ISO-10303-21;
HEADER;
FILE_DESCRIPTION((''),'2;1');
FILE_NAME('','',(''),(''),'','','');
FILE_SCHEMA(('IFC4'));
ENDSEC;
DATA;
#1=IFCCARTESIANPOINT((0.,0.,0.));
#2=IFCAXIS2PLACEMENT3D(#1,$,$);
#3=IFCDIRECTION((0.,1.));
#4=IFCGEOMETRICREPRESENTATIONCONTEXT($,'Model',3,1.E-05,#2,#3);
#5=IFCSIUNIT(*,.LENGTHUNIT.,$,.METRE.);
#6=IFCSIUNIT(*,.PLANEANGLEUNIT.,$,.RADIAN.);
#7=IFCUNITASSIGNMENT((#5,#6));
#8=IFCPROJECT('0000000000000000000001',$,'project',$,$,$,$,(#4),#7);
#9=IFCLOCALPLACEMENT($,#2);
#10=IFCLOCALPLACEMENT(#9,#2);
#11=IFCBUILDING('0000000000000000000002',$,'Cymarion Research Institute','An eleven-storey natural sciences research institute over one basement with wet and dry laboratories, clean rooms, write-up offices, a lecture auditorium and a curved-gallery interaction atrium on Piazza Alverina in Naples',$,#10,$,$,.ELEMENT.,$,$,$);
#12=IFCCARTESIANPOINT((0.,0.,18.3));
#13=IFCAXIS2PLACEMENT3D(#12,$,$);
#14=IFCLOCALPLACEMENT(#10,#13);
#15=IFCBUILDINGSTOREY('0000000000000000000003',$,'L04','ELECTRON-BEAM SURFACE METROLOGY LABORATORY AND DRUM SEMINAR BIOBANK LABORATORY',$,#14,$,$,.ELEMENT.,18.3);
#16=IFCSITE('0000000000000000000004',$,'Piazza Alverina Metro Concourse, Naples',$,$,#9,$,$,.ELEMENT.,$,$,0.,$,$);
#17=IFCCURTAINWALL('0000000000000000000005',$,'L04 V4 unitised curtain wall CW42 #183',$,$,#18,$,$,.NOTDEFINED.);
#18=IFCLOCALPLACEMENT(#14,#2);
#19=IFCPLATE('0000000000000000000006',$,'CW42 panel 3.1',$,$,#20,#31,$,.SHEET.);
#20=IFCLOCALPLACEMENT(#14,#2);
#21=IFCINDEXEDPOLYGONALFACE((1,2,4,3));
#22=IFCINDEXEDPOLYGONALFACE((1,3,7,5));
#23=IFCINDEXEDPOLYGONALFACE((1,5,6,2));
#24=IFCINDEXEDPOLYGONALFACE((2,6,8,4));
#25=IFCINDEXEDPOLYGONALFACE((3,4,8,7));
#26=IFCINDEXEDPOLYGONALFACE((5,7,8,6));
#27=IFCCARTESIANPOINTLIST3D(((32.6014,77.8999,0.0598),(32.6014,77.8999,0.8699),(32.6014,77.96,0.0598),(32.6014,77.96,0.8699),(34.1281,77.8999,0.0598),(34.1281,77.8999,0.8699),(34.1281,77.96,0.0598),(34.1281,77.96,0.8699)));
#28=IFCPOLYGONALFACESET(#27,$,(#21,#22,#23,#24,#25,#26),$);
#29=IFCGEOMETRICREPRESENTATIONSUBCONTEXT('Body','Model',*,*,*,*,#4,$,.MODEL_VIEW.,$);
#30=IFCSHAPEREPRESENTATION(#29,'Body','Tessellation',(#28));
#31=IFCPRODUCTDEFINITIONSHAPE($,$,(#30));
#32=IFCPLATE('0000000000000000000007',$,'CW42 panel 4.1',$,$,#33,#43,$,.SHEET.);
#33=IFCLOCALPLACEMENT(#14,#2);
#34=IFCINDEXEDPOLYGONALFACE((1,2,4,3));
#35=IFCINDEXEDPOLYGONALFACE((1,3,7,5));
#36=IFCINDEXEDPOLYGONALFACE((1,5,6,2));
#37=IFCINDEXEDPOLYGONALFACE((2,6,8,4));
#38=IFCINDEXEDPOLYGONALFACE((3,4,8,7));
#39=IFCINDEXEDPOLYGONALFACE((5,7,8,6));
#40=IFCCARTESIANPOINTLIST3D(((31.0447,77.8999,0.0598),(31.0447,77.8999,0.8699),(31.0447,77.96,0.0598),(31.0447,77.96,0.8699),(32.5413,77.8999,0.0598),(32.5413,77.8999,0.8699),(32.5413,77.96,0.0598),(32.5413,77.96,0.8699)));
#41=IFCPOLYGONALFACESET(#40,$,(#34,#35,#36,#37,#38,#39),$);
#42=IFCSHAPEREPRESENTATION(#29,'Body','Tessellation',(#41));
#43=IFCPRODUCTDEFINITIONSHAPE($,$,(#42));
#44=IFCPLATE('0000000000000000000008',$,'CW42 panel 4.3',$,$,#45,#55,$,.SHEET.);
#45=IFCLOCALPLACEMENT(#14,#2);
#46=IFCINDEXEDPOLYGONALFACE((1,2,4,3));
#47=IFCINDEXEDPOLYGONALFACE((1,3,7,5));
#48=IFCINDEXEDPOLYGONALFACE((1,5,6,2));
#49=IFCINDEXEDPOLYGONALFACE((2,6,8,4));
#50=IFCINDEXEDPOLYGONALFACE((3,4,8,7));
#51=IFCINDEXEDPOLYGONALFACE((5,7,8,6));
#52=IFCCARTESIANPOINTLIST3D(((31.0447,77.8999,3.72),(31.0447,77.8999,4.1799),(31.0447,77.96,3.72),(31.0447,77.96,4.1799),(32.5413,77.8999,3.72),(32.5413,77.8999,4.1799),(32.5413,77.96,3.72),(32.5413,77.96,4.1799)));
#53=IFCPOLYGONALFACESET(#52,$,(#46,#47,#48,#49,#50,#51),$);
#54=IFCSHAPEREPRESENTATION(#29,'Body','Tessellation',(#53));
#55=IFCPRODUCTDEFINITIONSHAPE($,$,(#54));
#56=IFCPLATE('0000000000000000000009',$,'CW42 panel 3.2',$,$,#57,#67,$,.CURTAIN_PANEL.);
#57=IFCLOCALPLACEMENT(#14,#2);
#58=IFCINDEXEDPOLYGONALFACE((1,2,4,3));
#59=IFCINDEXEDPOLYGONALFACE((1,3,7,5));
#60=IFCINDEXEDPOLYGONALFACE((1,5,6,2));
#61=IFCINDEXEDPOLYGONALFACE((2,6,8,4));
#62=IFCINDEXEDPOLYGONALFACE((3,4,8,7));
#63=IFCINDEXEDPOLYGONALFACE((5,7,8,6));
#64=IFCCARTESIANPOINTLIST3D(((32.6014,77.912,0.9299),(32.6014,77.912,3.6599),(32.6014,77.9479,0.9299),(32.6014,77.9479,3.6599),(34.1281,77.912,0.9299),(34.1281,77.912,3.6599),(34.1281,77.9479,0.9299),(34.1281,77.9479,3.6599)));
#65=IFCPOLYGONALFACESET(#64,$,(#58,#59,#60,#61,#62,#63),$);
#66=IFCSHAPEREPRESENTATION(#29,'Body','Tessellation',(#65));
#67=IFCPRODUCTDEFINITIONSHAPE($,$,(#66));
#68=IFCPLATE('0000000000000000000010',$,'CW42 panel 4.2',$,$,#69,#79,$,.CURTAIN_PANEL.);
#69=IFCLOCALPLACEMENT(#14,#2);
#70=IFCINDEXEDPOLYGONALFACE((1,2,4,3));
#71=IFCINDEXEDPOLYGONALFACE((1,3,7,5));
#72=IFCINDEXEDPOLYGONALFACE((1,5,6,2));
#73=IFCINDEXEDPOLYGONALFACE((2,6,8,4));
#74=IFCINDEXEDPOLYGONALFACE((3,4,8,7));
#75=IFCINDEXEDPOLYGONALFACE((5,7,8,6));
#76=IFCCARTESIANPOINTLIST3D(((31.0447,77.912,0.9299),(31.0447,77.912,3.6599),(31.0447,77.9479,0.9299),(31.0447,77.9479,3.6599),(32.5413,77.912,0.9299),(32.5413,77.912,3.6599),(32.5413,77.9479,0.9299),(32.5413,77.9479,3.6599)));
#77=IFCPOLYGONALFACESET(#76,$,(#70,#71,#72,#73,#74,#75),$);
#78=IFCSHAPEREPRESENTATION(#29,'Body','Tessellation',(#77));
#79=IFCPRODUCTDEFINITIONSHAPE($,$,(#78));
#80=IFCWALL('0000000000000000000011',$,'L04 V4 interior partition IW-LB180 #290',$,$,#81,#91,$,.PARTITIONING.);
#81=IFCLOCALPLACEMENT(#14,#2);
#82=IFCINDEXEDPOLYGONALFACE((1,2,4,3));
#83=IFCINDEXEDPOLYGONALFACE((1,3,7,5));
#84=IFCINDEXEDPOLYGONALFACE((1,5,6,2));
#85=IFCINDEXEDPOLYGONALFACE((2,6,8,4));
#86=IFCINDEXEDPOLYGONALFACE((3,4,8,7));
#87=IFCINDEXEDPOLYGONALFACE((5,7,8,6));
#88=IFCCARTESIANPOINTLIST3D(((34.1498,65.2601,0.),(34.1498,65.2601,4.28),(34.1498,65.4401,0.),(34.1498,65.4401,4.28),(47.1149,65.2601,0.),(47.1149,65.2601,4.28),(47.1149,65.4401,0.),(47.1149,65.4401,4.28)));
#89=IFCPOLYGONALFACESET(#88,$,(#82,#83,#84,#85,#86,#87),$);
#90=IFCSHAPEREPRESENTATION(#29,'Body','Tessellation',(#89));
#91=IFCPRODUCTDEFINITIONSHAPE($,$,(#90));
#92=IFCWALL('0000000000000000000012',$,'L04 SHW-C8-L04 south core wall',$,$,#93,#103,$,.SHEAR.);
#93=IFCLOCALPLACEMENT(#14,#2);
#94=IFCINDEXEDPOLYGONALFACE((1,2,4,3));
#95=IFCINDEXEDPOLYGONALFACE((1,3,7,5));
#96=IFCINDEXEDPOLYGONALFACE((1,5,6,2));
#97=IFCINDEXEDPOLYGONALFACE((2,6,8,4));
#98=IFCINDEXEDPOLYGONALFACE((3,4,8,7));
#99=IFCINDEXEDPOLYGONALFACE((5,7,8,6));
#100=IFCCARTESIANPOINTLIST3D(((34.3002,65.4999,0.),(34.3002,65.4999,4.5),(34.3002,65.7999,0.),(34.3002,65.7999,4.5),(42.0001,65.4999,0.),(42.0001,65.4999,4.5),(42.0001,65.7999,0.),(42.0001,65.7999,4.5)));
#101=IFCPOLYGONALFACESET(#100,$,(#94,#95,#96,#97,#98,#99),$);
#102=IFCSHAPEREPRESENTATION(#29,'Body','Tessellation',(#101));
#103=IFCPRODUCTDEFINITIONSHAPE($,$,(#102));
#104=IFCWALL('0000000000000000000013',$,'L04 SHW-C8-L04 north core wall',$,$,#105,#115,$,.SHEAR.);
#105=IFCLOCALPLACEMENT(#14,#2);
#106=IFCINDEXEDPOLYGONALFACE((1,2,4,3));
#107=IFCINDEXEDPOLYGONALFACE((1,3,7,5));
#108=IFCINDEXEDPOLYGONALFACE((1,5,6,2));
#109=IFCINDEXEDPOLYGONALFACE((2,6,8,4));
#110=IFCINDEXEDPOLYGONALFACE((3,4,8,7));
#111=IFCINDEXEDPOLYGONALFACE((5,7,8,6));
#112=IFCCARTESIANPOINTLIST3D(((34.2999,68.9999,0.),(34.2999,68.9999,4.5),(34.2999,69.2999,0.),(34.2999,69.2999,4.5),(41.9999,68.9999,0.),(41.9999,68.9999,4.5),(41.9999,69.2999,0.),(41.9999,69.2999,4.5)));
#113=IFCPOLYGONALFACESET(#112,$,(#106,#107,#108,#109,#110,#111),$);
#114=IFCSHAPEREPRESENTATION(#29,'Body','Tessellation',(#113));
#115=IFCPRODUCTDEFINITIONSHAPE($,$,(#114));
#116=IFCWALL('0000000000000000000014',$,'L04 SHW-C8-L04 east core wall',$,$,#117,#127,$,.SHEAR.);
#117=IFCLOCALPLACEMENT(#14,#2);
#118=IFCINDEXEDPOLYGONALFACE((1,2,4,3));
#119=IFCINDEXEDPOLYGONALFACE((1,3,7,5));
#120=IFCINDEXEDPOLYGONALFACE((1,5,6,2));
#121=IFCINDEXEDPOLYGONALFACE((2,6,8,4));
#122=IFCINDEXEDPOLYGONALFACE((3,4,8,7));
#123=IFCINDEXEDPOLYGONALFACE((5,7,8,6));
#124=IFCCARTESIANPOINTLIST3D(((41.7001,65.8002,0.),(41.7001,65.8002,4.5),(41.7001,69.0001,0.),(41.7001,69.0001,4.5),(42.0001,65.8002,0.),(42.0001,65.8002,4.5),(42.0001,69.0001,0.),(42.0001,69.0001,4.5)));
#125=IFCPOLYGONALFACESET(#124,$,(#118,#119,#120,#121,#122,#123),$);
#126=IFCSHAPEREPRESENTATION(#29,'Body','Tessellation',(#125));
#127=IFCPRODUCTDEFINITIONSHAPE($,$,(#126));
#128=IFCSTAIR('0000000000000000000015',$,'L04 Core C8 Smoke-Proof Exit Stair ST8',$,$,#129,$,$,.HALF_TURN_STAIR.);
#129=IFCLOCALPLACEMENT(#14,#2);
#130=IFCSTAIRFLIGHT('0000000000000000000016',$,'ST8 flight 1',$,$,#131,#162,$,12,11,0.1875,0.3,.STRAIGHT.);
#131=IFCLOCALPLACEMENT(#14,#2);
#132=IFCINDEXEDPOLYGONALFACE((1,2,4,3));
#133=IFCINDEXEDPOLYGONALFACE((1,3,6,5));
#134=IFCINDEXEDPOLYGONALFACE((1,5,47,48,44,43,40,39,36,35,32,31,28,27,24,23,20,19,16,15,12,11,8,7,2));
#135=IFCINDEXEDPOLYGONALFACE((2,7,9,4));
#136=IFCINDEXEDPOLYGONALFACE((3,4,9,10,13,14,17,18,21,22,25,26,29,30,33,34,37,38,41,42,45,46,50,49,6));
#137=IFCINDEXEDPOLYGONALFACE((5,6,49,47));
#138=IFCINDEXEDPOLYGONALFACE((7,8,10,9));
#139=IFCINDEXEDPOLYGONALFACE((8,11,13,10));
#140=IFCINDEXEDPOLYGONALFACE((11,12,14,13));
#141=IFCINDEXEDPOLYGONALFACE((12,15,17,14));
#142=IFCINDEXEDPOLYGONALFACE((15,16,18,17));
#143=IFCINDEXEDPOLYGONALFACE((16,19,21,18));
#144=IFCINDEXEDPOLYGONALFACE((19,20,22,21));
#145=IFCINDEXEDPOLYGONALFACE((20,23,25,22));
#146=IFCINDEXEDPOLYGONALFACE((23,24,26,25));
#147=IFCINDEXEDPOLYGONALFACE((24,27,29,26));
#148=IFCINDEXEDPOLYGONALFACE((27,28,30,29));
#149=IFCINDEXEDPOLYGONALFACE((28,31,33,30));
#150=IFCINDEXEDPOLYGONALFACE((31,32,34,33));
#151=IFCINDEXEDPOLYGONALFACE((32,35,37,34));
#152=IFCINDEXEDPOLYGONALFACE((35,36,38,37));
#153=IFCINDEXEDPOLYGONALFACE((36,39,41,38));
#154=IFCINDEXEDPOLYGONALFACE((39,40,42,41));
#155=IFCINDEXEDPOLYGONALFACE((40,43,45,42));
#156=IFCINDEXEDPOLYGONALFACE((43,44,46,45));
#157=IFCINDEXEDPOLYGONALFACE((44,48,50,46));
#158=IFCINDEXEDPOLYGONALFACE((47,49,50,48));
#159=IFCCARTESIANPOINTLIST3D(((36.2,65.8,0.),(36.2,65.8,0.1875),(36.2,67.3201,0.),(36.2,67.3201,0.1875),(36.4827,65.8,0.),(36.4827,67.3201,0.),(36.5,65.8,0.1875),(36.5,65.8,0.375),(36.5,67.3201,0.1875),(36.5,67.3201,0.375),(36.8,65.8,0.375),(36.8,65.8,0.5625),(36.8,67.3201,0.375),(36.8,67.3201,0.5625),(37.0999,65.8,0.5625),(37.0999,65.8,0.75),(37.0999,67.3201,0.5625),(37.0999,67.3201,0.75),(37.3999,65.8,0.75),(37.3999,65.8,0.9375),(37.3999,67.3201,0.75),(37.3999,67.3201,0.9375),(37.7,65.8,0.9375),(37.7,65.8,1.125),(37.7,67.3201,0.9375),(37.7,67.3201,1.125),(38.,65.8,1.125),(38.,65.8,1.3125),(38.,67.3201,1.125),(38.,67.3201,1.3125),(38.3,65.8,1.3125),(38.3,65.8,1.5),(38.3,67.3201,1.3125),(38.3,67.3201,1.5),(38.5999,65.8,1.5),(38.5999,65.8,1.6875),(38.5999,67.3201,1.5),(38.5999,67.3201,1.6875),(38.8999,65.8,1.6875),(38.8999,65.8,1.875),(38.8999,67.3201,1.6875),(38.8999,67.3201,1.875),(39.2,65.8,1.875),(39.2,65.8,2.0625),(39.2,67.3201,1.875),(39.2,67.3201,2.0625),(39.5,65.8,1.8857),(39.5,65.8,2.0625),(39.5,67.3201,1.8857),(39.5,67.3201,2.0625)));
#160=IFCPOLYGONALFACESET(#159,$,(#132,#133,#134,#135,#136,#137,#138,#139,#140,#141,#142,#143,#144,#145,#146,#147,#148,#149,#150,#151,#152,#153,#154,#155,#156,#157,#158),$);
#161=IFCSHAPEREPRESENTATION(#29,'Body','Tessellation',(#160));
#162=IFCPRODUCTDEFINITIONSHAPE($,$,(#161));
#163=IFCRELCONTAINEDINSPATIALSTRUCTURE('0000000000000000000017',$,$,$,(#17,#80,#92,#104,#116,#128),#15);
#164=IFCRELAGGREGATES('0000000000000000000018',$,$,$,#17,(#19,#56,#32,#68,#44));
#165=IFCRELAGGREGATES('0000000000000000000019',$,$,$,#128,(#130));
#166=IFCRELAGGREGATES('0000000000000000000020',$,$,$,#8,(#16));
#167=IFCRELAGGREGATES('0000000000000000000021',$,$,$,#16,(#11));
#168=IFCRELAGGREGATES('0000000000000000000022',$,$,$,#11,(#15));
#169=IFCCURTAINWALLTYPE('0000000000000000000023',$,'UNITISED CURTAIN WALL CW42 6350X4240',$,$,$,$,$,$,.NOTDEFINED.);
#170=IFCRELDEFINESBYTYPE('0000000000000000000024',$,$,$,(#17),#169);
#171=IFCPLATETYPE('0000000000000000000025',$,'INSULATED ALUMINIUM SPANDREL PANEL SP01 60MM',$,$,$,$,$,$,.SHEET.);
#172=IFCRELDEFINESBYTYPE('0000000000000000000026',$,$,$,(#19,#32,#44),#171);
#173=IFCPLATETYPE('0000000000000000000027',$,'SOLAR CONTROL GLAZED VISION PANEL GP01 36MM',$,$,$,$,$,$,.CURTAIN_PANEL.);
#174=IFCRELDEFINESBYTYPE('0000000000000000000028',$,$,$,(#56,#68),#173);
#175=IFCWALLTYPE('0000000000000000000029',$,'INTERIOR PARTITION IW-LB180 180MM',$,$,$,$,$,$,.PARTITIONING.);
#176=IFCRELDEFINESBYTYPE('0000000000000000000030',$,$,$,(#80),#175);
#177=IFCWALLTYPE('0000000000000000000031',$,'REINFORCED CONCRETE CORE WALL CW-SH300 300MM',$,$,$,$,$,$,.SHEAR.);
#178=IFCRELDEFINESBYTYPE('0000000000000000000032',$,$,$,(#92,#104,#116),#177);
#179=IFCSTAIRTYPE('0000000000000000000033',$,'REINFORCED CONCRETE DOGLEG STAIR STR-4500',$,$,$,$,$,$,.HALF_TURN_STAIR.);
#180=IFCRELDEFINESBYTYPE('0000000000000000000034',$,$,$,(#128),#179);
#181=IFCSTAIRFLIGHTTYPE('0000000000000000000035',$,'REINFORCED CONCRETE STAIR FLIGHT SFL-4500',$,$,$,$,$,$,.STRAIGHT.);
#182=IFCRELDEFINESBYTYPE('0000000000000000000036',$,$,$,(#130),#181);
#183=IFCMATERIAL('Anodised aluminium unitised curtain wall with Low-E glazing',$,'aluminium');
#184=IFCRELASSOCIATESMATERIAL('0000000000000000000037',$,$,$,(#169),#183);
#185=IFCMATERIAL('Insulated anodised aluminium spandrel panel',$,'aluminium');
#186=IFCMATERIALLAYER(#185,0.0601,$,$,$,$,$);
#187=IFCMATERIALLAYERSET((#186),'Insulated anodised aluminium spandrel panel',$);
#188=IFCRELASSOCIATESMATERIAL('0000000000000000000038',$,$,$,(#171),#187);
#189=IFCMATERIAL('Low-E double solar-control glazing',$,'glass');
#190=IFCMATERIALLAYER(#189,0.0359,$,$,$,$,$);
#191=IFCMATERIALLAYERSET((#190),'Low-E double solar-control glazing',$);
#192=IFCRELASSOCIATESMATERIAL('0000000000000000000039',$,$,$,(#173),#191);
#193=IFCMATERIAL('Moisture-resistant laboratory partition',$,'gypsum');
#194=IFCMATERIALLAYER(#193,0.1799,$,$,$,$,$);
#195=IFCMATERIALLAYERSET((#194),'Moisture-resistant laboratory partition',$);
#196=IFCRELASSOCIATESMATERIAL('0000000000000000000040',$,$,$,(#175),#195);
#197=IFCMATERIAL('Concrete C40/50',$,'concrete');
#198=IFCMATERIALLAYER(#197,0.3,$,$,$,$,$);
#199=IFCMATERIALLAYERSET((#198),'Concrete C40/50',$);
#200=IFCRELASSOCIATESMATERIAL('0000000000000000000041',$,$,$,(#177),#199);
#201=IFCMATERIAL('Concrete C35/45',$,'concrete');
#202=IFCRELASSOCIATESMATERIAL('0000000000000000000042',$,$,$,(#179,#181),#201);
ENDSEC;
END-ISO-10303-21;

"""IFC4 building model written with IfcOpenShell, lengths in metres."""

from ifc_helpers import new_model, si_unit, direction, frame, frame_2d, origin, origin_2d, place, context, subcontext, project, spatial, polyline, rectangle, outline, extrude, material, layer, layer_set, type_object, element, aggregate, save


model = new_model("IFC4")

# Units and contexts
model_context = context("Model", 3, precision=1e-05, world=origin(), true_north=direction((0.0, 1.0)))
body_context = subcontext(model_context, "Body", "Model", "MODEL_VIEW")
ifc_project = project(units=[si_unit("LENGTHUNIT", "METRE"), si_unit("PLANEANGLEUNIT", "RADIAN")], contexts=[model_context])

# Site, building, storey
site_placement = place(None, origin())
site = spatial("IfcSite", under=ifc_project, at=site_placement, Name="Piazza Alverina Metro Concourse, Naples", CompositionType="ELEMENT", RefElevation=0.0)
building_placement = place(site_placement, origin())
building = spatial("IfcBuilding", under=site, at=building_placement, Name="Cymarion Research Institute", Description="An eleven-storey natural sciences research institute over one basement with wet and dry laboratories, clean rooms, write-up offices, a lecture auditorium and a curved-gallery interaction atrium on Piazza Alverina in Naples", CompositionType="ELEMENT")
storey_placement = place(building_placement, frame((0.0, 0.0, 18.3)))
storey = spatial("IfcBuildingStorey", under=building, at=storey_placement, Name="L04", Description="ELECTRON-BEAM SURFACE METROLOGY LABORATORY AND DRUM SEMINAR BIOBANK LABORATORY", CompositionType="ELEMENT", Elevation=18.3)

# Curtain wall
ifc_material_1 = material(Name="Anodised aluminium unitised curtain wall with Low-E glazing", Category="aluminium")
curtain_wall_type = type_object("IfcCurtainWallType", Name="UNITISED CURTAIN WALL CW42 6350X4240", PredefinedType="NOTDEFINED", material=ifc_material_1)
curtain_wall_1_placement = place(storey_placement, origin())
curtain_wall_1 = element("IfcCurtainWall", 1, at=curtain_wall_1_placement, inside=storey, type_object=curtain_wall_type, Name="L04 V4 unitised curtain wall CW42 #183", PredefinedType="NOTDEFINED")

# Plates
ifc_material_2 = material(Name="Insulated anodised aluminium spandrel panel", Category="aluminium")
ifc_layer_1 = layer(ifc_material_2, 0.0601)
ifc_layer_set_1 = layer_set([ifc_layer_1], Name="Insulated anodised aluminium spandrel panel")
plate_type_1 = type_object("IfcPlateType", Name="INSULATED ALUMINIUM SPANDREL PANEL SP01 60MM", PredefinedType="SHEET", material=ifc_layer_set_1)
plate_1_placement = place(storey_placement, frame((33.3647, 77.9299, 0.0598), z_axis=(0.0, 0.0, 1.0), x_axis=(-1.0, 0.0, 0.0)))
plate_1 = element("IfcPlate", 2, at=plate_1_placement, type_object=plate_type_1, Name="CW42 panel 3.1", PredefinedType="SHEET", context=body_context, shape_type="SweptSolid", body=[
    extrude(rectangle(XDim=1.5266, YDim=0.0601, at=origin_2d()), origin(), (0.0, 0.0, 1.0), 0.8101),
])
plate_2_placement = place(storey_placement, frame((31.793, 77.9299, 0.0598), z_axis=(0.0, 0.0, 1.0), x_axis=(-1.0, 0.0, 0.0)))
plate_2 = element("IfcPlate", 3, at=plate_2_placement, type_object=plate_type_1, Name="CW42 panel 4.1", PredefinedType="SHEET", context=body_context, shape_type="SweptSolid", body=[
    extrude(rectangle(XDim=1.4966, YDim=0.0601, at=origin_2d()), origin(), (0.0, 0.0, 1.0), 0.8101),
])
plate_3_placement = place(storey_placement, frame((31.793, 77.9299, 3.72), z_axis=(0.0, 0.0, 1.0), x_axis=(-1.0, 0.0, 0.0)))
plate_3 = element("IfcPlate", 4, at=plate_3_placement, type_object=plate_type_1, Name="CW42 panel 4.3", PredefinedType="SHEET", context=body_context, shape_type="SweptSolid", body=[
    extrude(rectangle(XDim=1.4966, YDim=0.0601, at=origin_2d()), origin(), (0.0, 0.0, 1.0), 0.46),
])
ifc_material_3 = material(Name="Low-E double solar-control glazing", Category="glass")
ifc_layer_2 = layer(ifc_material_3, 0.0359)
ifc_layer_set_2 = layer_set([ifc_layer_2], Name="Low-E double solar-control glazing")
plate_type_2 = type_object("IfcPlateType", Name="SOLAR CONTROL GLAZED VISION PANEL GP01 36MM", PredefinedType="CURTAIN_PANEL", material=ifc_layer_set_2)
plate_4_placement = place(storey_placement, frame((33.3647, 77.9299, 0.9299), z_axis=(0.0, 0.0, 1.0), x_axis=(-1.0, 0.0, 0.0)))
plate_4 = element("IfcPlate", 5, at=plate_4_placement, type_object=plate_type_2, Name="CW42 panel 3.2", PredefinedType="CURTAIN_PANEL", context=body_context, shape_type="SweptSolid", body=[
    extrude(rectangle(XDim=1.5266, YDim=0.0359, at=origin_2d()), origin(), (0.0, 0.0, 1.0), 2.73),
])
plate_5_placement = place(storey_placement, frame((31.793, 77.9299, 0.9299), z_axis=(0.0, 0.0, 1.0), x_axis=(-1.0, 0.0, 0.0)))
plate_5 = element("IfcPlate", 6, at=plate_5_placement, type_object=plate_type_2, Name="CW42 panel 4.2", PredefinedType="CURTAIN_PANEL", context=body_context, shape_type="SweptSolid", body=[
    extrude(rectangle(XDim=1.4966, YDim=0.0359, at=origin_2d()), origin(), (0.0, 0.0, 1.0), 2.73),
])
aggregate(curtain_wall_1, [plate_1, plate_4, plate_2, plate_5, plate_3])

# Walls
ifc_material_4 = material(Name="Moisture-resistant laboratory partition", Category="gypsum")
ifc_layer_3 = layer(ifc_material_4, 0.1799)
ifc_layer_set_3 = layer_set([ifc_layer_3], Name="Moisture-resistant laboratory partition")
wall_type_1 = type_object("IfcWallType", Name="INTERIOR PARTITION IW-LB180 180MM", PredefinedType="PARTITIONING", material=ifc_layer_set_3)
wall_1_placement = place(storey_placement, frame((34.1499, 65.3501, 0.0), z_axis=(0.0, 0.0, 1.0), x_axis=(1.0, 0.0, 0.0)))
element("IfcWall", 7, at=wall_1_placement, inside=storey, type_object=wall_type_1, Name="L04 V4 interior partition IW-LB180 #290", PredefinedType="PARTITIONING", context=body_context, shape_type="SweptSolid", body=[
    extrude(rectangle(XDim=12.9651, YDim=0.1799, at=frame_2d((6.4824, 0.0))), origin(), (0.0, 0.0, 1.0), 4.28),
])
ifc_material_5 = material(Name="Concrete C40/50", Category="concrete")
ifc_layer_4 = layer(ifc_material_5, 0.3)
ifc_layer_set_4 = layer_set([ifc_layer_4], Name="Concrete C40/50")
wall_type_2 = type_object("IfcWallType", Name="REINFORCED CONCRETE CORE WALL CW-SH300 300MM", PredefinedType="SHEAR", material=ifc_layer_set_4)
for number, where, z_axis, x_axis, name in (
    (8, (34.3, 65.6499, 0.0), (0.0, 0.0, 1.0), (1.0, 0.0, 0.0), "L04 SHW-C8-L04 south core wall"),
    (9, (42.0, 69.1499, 0.0), (0.0, 0.0, 1.0), (-1.0, 0.0, 0.0), "L04 SHW-C8-L04 north core wall"),
):
    element("IfcWall", number, at=place(storey_placement, frame(where, z_axis=z_axis, x_axis=x_axis)), inside=storey, type_object=wall_type_2, Name=name, PredefinedType="SHEAR", context=body_context, shape_type="SweptSolid", body=[
        extrude(rectangle(XDim=7.7, YDim=0.3, at=frame_2d((3.8501, 0.0))), origin(), (0.0, 0.0, 1.0), 4.5),
    ])

# Wall
wall_2_placement = place(storey_placement, frame((41.8501, 65.8, 0.0), z_axis=(0.0, 0.0, 1.0), x_axis=(0.0, 1.0, 0.0)))
element("IfcWall", 10, at=wall_2_placement, inside=storey, type_object=wall_type_2, Name="L04 SHW-C8-L04 east core wall", PredefinedType="SHEAR", context=body_context, shape_type="SweptSolid", body=[
    extrude(rectangle(XDim=3.2, YDim=0.3, at=frame_2d((1.6001, 0.0))), origin(), (0.0, 0.0, 1.0), 4.5),
])

# Stair, stair flight
ifc_material_6 = material(Name="Concrete C35/45", Category="concrete")
stair_type = type_object("IfcStairType", Name="REINFORCED CONCRETE DOGLEG STAIR STR-4500", PredefinedType="HALF_TURN_STAIR", material=ifc_material_6)
stair_placement = place(storey_placement, origin())
stair = element("IfcStair", 11, at=stair_placement, inside=storey, type_object=stair_type, Name="L04 Core C8 Smoke-Proof Exit Stair ST8", PredefinedType="HALF_TURN_STAIR")
stair_flight_type = type_object("IfcStairFlightType", Name="REINFORCED CONCRETE STAIR FLIGHT SFL-4500", PredefinedType="STRAIGHT", material=ifc_material_6)
stair_flight_1_placement = place(storey_placement, frame((36.2, 66.5601, 0.0), z_axis=(0.0, 0.0, 1.0), x_axis=(1.0, 0.0, 0.0)))
stair_flight_1 = element("IfcStairFlight", 12, at=stair_flight_1_placement, type_object=stair_flight_type, Name="ST8 flight 1", NumberOfRisers=12, NumberOfTreads=11, PredefinedType="STRAIGHT", RiserHeight=0.1875, TreadLength=0.3, context=body_context, shape_type="SweptSolid", body=[
    extrude(outline(polyline([(0.0, 0.0), (0.0, 0.1875), (0.3, 0.1875), (0.3, 0.375), (0.6001, 0.375), (0.6001, 0.5625), (0.8999, 0.5625), (0.8999, 0.75), (1.2, 0.75), (1.2, 0.9375), (1.5, 0.9375), (1.5, 1.125), (1.8, 1.125), (1.8, 1.3125), (2.1001, 1.3125), (2.1001, 1.5), (2.3999, 1.5), (2.3999, 1.6875), (2.7, 1.6875), (2.7, 1.875), (3.0, 1.875), (3.0, 2.0625), (3.3, 2.0625), (3.3, 2.25), (3.3, 1.8857), (0.2827, 0.0), (0.0, 0.0)])), frame((0.0, 0.76, 0.0), z_axis=(0.0, -1.0, 0.0), x_axis=(1.0, 0.0, 0.0)), (0.0, 0.0, 1.0), 1.52),
])
aggregate(stair, [stair_flight_1])

save(model, "model.ifc")
